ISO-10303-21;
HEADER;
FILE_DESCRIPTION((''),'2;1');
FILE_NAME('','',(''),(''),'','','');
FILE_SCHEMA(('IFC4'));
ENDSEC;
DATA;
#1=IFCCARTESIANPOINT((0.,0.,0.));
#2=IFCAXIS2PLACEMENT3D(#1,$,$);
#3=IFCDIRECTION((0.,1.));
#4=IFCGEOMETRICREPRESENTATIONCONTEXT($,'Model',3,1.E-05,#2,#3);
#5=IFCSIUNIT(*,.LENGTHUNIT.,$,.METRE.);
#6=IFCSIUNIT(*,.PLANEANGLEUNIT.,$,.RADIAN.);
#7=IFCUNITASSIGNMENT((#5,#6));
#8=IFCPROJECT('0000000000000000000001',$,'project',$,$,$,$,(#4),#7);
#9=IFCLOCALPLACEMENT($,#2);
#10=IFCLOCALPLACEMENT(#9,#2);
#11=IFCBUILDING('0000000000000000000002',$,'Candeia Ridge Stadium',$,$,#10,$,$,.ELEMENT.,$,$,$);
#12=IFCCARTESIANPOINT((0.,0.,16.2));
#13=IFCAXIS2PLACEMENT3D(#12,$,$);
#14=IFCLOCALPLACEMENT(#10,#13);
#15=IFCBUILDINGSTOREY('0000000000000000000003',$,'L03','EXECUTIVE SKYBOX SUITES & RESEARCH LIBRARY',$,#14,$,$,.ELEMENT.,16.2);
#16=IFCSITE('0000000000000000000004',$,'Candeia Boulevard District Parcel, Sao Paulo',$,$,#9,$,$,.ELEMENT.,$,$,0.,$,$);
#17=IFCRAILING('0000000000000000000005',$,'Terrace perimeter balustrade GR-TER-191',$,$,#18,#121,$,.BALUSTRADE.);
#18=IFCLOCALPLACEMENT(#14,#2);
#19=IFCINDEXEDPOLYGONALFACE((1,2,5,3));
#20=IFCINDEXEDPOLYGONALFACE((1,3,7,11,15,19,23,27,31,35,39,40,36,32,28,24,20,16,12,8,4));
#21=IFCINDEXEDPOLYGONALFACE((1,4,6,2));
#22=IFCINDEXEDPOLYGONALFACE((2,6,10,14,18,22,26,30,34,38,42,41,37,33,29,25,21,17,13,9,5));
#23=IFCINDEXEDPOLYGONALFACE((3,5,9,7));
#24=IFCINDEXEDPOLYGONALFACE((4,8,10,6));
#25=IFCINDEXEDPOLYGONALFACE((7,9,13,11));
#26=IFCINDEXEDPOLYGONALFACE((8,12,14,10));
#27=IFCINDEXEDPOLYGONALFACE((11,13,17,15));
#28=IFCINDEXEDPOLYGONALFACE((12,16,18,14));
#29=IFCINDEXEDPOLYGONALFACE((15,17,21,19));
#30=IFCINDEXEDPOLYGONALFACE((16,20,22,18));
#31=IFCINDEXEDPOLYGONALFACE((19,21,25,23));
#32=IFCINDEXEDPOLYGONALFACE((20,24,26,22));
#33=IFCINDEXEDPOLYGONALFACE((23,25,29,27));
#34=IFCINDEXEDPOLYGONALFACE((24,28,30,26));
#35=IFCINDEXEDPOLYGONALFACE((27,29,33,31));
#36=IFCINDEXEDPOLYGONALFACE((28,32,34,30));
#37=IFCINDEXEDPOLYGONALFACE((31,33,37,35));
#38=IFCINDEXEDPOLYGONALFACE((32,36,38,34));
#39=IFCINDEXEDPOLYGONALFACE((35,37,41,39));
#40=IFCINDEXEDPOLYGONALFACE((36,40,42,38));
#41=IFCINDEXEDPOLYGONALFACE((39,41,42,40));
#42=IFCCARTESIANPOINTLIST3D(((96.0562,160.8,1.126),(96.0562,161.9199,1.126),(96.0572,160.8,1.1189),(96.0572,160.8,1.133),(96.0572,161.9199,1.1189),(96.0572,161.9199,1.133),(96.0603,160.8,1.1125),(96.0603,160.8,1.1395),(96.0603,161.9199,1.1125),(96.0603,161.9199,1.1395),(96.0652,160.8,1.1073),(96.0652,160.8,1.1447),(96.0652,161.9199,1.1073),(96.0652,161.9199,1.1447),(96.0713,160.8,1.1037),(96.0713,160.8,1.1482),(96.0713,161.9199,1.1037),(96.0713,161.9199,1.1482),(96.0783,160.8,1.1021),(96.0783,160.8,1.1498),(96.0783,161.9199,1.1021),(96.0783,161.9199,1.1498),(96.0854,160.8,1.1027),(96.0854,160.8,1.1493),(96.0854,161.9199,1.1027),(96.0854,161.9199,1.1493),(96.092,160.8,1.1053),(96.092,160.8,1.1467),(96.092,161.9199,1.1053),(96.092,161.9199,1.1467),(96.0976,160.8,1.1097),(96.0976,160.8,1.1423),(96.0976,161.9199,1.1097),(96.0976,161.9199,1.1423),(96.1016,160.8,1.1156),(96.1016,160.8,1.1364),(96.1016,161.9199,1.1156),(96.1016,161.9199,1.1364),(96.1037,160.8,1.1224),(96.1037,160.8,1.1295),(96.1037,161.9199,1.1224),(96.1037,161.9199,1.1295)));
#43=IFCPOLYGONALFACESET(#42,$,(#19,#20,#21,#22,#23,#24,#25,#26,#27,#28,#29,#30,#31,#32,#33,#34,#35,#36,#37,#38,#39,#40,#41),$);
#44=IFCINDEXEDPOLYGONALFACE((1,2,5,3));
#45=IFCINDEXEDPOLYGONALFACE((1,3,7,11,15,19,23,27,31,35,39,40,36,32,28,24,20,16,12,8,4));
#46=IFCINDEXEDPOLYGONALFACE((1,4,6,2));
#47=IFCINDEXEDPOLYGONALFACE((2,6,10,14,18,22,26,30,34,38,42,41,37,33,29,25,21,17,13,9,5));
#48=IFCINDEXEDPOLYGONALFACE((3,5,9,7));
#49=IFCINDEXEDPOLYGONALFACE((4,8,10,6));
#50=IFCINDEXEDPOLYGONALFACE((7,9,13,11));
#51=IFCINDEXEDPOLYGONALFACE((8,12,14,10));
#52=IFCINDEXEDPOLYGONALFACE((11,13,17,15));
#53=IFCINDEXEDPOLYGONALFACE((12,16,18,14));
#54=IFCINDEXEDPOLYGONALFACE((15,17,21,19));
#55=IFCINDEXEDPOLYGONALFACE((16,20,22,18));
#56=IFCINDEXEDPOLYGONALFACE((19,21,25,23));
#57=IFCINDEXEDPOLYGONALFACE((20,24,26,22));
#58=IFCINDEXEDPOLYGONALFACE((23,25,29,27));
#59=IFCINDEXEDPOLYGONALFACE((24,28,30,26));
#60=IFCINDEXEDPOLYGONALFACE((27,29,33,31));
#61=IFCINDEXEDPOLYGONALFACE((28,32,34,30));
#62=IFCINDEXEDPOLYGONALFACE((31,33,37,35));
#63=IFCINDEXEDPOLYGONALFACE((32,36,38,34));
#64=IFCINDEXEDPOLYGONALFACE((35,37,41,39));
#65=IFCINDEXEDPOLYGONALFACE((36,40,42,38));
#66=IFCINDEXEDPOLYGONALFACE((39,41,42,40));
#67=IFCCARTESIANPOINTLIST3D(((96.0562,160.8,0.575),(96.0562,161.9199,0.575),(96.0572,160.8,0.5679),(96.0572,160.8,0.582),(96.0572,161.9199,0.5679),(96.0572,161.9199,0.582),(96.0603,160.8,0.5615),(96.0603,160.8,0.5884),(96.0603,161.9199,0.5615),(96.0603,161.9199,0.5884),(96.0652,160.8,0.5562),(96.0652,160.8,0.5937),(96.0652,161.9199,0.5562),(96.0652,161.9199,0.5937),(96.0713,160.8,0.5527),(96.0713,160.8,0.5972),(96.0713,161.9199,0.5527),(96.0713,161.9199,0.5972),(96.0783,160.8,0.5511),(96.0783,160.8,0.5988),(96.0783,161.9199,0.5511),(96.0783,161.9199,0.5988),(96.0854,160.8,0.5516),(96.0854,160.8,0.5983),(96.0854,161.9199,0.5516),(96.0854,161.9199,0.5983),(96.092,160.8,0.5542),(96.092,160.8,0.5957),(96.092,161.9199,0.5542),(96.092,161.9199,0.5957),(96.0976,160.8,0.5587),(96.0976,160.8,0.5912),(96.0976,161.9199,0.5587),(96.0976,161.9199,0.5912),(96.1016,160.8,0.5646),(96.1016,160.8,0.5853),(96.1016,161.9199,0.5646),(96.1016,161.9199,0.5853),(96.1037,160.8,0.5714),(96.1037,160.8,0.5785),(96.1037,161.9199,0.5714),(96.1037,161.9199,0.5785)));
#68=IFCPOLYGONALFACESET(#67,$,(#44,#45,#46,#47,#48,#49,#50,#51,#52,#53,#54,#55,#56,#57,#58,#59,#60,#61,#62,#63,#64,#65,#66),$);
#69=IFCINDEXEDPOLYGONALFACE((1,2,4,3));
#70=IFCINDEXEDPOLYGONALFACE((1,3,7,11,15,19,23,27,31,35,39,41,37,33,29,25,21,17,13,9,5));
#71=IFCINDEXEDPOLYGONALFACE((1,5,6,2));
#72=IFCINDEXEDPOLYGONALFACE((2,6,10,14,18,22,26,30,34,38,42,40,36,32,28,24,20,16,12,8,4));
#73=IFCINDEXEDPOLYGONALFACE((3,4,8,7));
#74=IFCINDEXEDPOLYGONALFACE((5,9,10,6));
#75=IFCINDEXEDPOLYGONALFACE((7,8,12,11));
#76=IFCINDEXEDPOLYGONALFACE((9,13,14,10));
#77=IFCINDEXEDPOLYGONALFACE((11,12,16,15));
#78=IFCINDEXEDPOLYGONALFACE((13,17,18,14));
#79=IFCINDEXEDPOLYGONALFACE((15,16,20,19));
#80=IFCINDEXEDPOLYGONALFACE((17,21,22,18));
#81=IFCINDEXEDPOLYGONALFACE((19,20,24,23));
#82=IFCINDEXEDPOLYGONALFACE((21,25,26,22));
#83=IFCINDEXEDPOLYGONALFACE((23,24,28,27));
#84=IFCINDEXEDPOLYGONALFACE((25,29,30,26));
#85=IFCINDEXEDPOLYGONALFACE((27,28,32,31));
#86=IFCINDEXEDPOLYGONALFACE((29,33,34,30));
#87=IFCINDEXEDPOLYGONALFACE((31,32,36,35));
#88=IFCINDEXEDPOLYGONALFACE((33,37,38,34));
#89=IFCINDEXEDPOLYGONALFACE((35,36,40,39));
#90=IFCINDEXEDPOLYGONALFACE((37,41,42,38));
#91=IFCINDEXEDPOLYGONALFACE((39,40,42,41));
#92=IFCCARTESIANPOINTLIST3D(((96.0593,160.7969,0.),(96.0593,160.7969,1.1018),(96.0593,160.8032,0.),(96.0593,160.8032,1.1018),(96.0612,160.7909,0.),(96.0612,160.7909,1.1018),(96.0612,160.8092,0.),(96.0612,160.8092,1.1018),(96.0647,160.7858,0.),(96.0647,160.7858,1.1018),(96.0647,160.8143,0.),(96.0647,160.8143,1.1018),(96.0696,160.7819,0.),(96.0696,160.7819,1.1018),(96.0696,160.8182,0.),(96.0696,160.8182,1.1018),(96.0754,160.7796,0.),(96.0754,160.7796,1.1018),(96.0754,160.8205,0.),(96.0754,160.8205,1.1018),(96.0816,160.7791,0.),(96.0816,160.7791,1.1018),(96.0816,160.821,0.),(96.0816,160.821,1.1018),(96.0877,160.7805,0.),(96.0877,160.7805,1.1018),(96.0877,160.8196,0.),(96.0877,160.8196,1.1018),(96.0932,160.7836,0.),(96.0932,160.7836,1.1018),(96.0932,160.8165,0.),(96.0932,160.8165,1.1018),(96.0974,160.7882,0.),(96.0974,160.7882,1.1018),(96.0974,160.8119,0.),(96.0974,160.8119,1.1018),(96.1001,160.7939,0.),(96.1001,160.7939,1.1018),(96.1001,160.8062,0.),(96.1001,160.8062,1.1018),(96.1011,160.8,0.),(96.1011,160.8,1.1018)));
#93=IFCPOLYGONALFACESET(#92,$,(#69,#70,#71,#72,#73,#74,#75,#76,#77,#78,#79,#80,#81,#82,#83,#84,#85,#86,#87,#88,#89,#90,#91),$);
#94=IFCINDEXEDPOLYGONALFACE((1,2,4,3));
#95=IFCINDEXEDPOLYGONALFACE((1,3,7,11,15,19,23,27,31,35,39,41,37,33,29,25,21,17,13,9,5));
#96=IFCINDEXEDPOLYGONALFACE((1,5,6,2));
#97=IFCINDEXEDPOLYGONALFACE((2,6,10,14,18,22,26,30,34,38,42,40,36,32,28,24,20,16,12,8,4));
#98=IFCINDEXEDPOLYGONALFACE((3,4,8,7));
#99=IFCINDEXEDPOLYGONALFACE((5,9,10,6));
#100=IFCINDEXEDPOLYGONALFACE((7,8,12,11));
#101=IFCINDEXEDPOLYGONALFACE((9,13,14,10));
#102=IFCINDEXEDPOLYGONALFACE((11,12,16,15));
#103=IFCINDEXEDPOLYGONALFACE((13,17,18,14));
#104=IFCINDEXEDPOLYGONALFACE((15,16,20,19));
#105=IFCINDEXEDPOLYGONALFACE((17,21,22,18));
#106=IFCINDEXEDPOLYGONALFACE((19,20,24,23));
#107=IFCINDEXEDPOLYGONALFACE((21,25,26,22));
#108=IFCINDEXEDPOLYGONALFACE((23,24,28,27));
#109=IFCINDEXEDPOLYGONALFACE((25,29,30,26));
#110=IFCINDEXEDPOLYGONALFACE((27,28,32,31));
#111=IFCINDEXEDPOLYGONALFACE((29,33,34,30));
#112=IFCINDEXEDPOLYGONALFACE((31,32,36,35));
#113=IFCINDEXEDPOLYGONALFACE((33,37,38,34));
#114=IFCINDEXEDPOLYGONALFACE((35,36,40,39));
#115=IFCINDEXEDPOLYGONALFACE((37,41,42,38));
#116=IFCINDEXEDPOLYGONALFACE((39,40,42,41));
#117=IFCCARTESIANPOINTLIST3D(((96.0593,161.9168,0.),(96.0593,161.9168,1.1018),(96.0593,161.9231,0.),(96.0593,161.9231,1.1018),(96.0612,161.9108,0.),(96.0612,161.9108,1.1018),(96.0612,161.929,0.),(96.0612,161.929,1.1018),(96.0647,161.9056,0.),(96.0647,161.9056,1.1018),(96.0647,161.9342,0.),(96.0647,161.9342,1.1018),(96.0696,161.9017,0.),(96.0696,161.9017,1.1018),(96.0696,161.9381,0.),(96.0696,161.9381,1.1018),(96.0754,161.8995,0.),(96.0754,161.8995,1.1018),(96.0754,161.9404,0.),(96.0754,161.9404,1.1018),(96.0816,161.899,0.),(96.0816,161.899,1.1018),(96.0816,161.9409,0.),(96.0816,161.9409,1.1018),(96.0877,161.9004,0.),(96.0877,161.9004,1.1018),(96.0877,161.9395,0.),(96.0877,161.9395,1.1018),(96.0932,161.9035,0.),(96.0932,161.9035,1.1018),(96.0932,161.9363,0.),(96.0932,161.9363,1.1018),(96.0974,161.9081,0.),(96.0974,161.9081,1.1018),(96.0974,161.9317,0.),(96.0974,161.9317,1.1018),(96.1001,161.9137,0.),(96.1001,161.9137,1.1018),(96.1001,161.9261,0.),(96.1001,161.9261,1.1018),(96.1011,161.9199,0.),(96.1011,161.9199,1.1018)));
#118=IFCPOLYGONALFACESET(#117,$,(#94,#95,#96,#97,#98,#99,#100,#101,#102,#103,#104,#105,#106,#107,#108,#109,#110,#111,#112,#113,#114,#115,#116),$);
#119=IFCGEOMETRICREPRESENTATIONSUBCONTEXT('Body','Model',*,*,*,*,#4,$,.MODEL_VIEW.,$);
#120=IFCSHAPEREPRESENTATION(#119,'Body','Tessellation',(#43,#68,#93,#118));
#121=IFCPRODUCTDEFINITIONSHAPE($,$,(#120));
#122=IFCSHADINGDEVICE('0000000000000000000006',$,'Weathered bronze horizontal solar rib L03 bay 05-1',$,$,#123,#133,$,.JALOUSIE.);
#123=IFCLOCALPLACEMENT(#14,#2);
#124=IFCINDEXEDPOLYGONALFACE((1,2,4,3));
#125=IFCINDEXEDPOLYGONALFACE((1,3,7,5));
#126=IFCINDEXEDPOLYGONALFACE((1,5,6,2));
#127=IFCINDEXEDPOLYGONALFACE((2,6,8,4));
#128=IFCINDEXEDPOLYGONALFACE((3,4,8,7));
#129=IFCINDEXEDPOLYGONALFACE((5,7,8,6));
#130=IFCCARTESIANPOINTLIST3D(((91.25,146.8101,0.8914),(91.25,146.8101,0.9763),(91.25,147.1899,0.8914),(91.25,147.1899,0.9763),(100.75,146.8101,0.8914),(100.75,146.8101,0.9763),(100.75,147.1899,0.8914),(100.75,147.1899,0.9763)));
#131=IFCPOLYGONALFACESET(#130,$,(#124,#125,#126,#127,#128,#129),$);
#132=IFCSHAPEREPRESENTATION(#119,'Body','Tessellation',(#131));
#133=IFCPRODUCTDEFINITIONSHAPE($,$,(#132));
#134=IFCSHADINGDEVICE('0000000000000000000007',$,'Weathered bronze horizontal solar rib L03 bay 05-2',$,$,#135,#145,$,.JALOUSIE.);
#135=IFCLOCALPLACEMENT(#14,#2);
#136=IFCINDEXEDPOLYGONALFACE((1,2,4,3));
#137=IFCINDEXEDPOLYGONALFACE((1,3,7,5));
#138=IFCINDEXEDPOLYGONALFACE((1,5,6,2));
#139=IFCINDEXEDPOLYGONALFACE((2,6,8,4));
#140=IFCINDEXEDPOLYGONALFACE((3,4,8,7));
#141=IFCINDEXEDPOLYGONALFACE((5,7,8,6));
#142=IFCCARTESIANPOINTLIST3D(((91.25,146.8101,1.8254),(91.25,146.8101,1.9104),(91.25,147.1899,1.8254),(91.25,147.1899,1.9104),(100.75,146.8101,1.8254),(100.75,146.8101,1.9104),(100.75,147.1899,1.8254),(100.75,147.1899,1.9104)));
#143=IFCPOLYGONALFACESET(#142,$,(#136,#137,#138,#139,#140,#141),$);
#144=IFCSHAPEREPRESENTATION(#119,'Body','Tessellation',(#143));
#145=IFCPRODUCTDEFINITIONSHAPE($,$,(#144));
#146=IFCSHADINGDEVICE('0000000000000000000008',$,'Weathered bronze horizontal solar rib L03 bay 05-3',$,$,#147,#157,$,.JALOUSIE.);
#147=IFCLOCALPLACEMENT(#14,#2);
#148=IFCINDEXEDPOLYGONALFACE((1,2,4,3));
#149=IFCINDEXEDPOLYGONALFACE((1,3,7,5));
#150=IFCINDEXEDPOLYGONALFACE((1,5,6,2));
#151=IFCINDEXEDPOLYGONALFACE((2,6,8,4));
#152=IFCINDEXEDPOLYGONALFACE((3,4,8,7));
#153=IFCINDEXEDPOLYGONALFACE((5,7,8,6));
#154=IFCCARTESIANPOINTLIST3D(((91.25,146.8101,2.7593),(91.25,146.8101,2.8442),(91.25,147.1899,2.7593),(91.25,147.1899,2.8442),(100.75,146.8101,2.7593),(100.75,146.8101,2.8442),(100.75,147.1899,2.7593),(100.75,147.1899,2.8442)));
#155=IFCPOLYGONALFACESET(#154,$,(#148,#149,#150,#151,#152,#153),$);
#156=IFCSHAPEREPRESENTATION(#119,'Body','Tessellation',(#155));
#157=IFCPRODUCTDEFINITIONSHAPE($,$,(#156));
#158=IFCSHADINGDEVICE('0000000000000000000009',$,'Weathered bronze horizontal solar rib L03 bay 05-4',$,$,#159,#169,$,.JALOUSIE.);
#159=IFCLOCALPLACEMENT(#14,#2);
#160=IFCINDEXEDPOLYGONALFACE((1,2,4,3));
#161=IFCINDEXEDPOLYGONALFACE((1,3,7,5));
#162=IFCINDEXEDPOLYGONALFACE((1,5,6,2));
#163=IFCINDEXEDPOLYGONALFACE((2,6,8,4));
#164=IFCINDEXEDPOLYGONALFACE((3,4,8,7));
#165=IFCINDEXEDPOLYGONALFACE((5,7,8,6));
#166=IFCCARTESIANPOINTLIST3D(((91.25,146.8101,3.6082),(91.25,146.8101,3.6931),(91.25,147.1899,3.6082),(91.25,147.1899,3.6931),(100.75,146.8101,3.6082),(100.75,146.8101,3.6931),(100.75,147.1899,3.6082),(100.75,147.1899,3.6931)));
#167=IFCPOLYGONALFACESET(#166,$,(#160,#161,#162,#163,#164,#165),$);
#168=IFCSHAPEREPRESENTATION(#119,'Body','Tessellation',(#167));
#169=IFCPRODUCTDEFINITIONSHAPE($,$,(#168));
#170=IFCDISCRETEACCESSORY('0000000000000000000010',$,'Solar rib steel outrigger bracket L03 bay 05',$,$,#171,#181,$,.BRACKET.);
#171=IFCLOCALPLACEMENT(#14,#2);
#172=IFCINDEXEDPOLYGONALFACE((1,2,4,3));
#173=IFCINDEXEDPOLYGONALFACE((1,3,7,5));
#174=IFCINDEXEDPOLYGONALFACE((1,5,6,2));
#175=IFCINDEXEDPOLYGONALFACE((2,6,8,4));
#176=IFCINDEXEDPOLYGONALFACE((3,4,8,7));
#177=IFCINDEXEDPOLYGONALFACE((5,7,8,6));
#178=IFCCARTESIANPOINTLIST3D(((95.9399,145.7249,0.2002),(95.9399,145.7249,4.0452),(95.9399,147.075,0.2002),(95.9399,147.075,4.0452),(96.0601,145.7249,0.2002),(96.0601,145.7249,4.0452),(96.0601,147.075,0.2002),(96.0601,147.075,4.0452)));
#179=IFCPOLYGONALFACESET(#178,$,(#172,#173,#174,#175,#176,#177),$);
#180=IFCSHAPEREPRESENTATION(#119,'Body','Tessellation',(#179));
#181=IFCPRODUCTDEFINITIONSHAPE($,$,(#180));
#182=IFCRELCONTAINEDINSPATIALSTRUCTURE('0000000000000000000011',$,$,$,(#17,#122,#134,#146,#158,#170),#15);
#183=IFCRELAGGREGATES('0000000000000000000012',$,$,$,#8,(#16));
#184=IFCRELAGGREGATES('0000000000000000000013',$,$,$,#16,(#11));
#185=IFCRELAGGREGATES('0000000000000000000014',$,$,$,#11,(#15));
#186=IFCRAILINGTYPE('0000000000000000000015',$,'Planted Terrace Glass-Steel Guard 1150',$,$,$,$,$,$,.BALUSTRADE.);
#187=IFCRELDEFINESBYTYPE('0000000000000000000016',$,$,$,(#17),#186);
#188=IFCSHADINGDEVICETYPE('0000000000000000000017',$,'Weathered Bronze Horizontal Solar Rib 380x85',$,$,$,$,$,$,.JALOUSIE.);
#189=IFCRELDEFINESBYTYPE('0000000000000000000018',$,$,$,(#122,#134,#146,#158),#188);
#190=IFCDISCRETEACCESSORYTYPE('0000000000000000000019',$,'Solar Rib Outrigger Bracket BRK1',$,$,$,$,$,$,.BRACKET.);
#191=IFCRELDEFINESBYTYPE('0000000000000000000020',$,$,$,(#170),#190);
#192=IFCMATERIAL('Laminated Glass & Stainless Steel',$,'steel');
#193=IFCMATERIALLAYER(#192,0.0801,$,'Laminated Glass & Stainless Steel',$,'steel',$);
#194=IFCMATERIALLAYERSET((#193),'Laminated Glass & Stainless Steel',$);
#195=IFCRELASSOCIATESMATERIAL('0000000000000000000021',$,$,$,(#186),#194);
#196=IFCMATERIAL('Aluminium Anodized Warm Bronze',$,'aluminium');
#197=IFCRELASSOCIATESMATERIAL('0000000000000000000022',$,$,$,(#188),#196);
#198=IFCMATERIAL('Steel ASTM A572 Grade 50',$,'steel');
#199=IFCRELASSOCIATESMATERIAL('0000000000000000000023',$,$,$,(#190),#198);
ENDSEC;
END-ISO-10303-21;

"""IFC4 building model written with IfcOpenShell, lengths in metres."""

from ifc_helpers import new_model, si_unit, direction, frame, origin, origin_2d, place, context, subcontext, project, spatial, rectangle, circle, extrude, material, layer, layer_set, type_object, element, save


model = new_model("IFC4")

# Units and contexts
model_context = context("Model", 3, precision=1e-05, world=origin(), true_north=direction((0.0, 1.0)))
body_context = subcontext(model_context, "Body", "Model", "MODEL_VIEW")
ifc_project = project(units=[si_unit("LENGTHUNIT", "METRE"), si_unit("PLANEANGLEUNIT", "RADIAN")], contexts=[model_context])

# Site, building, storey
site_placement = place(None, origin())
site = spatial("IfcSite", under=ifc_project, at=site_placement, Name="Candeia Boulevard District Parcel, Sao Paulo", CompositionType="ELEMENT", RefElevation=0.0)
building_placement = place(site_placement, origin())
building = spatial("IfcBuilding", under=site, at=building_placement, Name="Candeia Ridge Stadium", CompositionType="ELEMENT")
storey_placement = place(building_placement, frame((0.0, 0.0, 16.2)))
storey = spatial("IfcBuildingStorey", under=building, at=storey_placement, Name="L03", Description="EXECUTIVE SKYBOX SUITES & RESEARCH LIBRARY", CompositionType="ELEMENT", Elevation=16.2)

# Shared definitions
ifc_material_1 = material(Name="Steel ASTM A572 Grade 50", Category="steel")

# Shared definitions
ifc_material_2 = material(Name="Aluminium Anodized Warm Bronze", Category="aluminium")

# Railing
ifc_material_3 = material(Name="Laminated Glass & Stainless Steel", Category="steel")
ifc_layer_1 = layer(ifc_material_3, 0.0801, Name="Laminated Glass & Stainless Steel", Category="steel")
ifc_layer_set_1 = layer_set([ifc_layer_1], Name="Laminated Glass & Stainless Steel")
railing_type = type_object("IfcRailingType", Name="Planted Terrace Glass-Steel Guard 1150", PredefinedType="BALUSTRADE", material=ifc_layer_set_1)
railing_1_placement = place(storey_placement, frame((96.0801, 160.8, 0.0)))
element("IfcRailing", 1, at=railing_1_placement, inside=storey, type_object=railing_type, Name="Terrace perimeter balustrade GR-TER-191", PredefinedType="BALUSTRADE", context=body_context, shape_type="SweptSolid", body=[
    extrude(circle(Radius=0.0239, at=origin_2d()), frame((0.0, 0.0, 1.126), z_axis=(0.0, 1.0, 0.0), x_axis=(-1.0, 0.0, 0.0)), (0.0, 0.0, 1.0), 1.1199),
    extrude(circle(Radius=0.0239, at=origin_2d()), frame((0.0, 0.0, 0.575), z_axis=(0.0, 1.0, 0.0), x_axis=(-1.0, 0.0, 0.0)), (0.0, 0.0, 1.0), 1.1199),
    extrude(circle(Radius=0.021, at=origin_2d()), origin(), (0.0, 0.0, 1.0), 1.1018),
    extrude(circle(Radius=0.021, at=origin_2d()), frame((0.0, 1.1199, 0.0)), (0.0, 0.0, 1.0), 1.1018),
])

# Shading devices
shading_device_type = type_object("IfcShadingDeviceType", Name="Weathered Bronze Horizontal Solar Rib 380x85", PredefinedType="JALOUSIE", material=ifc_material_2)
for number, where, z_axis, x_axis, name in (
    (2, (96.0, 147.0, 0.8914), (0.0, 0.0, 1.0), (-1.0, 0.0, 0.0), "Weathered bronze horizontal solar rib L03 bay 05-1"),
    (3, (96.0, 147.0, 1.8254), (0.0, 0.0, 1.0), (-1.0, 0.0, 0.0), "Weathered bronze horizontal solar rib L03 bay 05-2"),
    (4, (96.0, 147.0, 2.7593), (0.0, 0.0, 1.0), (-1.0, 0.0, 0.0), "Weathered bronze horizontal solar rib L03 bay 05-3"),
    (5, (96.0, 147.0, 3.6082), (0.0, 0.0, 1.0), (-1.0, 0.0, 0.0), "Weathered bronze horizontal solar rib L03 bay 05-4"),
):
    element("IfcShadingDevice", number, at=place(storey_placement, frame(where, z_axis=z_axis, x_axis=x_axis)), inside=storey, type_object=shading_device_type, Name=name, PredefinedType="JALOUSIE", context=body_context, shape_type="SweptSolid", body=[
        extrude(rectangle(XDim=9.5, YDim=0.3799, at=origin_2d()), origin(), (0.0, 0.0, 1.0), 0.085),
    ])

# Discrete accessory
discrete_accessory_type = type_object("IfcDiscreteAccessoryType", Name="Solar Rib Outrigger Bracket BRK1", PredefinedType="BRACKET", material=ifc_material_1)
discrete_accessory_placement = place(storey_placement, frame((96.0, 146.3999, 0.2002), z_axis=(0.0, 0.0, 1.0), x_axis=(0.0, 1.0, 0.0)))
element("IfcDiscreteAccessory", 6, at=discrete_accessory_placement, inside=storey, type_object=discrete_accessory_type, Name="Solar rib steel outrigger bracket L03 bay 05", PredefinedType="BRACKET", context=body_context, shape_type="SweptSolid", body=[
    extrude(rectangle(XDim=1.3501, YDim=0.1201, at=origin_2d()), origin(), (0.0, 0.0, 1.0), 3.845),
])

save(model, "model.ifc")
